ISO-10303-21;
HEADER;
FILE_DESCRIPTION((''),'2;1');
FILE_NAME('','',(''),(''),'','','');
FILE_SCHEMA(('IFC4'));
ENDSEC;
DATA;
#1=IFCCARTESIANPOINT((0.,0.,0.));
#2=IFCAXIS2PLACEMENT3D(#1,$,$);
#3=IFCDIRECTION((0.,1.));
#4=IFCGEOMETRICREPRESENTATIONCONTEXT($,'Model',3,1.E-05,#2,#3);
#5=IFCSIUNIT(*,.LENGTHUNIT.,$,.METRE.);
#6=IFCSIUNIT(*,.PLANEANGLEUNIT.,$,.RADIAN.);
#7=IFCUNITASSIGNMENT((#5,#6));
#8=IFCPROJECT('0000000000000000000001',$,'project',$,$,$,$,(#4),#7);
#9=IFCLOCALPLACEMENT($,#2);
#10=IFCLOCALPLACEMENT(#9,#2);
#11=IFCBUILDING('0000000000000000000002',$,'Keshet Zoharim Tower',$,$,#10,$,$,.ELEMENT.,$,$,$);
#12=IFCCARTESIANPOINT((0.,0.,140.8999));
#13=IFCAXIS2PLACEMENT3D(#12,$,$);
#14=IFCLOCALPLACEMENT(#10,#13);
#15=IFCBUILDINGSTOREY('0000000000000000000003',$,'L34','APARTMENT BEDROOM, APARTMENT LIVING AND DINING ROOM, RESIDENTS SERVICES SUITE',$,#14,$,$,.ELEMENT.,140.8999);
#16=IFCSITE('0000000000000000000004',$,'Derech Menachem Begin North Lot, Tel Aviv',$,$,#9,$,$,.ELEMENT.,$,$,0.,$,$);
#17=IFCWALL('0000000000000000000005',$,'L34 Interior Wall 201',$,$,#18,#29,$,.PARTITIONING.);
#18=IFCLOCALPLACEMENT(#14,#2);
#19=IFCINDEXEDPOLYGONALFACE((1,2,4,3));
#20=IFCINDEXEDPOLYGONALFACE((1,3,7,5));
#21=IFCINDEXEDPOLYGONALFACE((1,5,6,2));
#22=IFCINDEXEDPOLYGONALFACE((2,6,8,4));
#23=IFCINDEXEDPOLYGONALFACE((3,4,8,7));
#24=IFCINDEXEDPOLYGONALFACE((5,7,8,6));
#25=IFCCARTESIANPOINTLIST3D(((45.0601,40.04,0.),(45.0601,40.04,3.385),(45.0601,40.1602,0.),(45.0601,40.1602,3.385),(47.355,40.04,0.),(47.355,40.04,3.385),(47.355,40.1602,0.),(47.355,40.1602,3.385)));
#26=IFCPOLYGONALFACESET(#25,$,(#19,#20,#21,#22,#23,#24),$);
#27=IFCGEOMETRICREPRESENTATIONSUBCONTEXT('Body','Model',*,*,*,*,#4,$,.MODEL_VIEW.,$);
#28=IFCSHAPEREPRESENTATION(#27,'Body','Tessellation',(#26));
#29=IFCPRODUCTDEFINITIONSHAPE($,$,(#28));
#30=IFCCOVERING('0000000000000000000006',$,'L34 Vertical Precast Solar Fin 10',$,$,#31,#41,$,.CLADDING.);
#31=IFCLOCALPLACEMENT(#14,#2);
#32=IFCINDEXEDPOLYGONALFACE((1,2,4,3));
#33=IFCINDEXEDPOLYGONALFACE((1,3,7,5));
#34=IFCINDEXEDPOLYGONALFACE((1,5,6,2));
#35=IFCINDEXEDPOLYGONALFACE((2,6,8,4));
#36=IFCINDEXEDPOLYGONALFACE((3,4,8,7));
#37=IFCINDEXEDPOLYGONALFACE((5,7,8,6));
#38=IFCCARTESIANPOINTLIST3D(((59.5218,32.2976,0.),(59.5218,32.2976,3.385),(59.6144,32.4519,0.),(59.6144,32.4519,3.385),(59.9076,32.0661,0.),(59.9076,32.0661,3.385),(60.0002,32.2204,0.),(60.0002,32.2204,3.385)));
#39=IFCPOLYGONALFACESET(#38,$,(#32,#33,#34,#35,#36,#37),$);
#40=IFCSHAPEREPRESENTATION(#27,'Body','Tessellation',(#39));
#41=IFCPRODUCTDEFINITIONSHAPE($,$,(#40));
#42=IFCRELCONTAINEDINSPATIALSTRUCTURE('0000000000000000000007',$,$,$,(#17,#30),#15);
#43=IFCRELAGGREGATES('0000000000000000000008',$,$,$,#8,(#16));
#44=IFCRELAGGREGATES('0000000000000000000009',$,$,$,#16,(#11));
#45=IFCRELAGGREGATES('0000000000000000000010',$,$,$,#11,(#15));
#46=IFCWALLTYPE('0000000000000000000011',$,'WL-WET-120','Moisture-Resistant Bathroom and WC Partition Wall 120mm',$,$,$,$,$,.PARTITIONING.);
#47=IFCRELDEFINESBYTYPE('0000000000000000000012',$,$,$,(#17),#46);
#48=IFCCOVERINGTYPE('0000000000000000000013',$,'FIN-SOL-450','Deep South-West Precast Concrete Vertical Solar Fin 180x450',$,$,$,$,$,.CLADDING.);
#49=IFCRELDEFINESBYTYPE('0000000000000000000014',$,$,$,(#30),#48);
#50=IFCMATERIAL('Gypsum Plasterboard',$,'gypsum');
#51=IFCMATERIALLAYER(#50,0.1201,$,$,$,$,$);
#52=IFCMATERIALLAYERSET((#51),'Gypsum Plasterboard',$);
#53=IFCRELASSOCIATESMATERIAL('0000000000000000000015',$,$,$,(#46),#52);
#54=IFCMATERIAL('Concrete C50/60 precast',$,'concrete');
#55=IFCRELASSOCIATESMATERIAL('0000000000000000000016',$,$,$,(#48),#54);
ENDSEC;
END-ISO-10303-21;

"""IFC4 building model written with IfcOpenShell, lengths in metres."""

from ifc_helpers import new_model, si_unit, direction, frame, frame_2d, origin, origin_2d, place, context, subcontext, project, spatial, rectangle, extrude, material, layer, layer_set, type_object, element, save


model = new_model("IFC4")

# Units and contexts
model_context = context("Model", 3, precision=1e-05, world=origin(), true_north=direction((0.0, 1.0)))
body_context = subcontext(model_context, "Body", "Model", "MODEL_VIEW")
ifc_project = project(units=[si_unit("LENGTHUNIT", "METRE"), si_unit("PLANEANGLEUNIT", "RADIAN")], contexts=[model_context])

# Site, building, storey
site_placement = place(None, origin())
site = spatial("IfcSite", under=ifc_project, at=site_placement, Name="Derech Menachem Begin North Lot, Tel Aviv", CompositionType="ELEMENT", RefElevation=0.0)
building_placement = place(site_placement, origin())
building = spatial("IfcBuilding", under=site, at=building_placement, Name="Keshet Zoharim Tower", CompositionType="ELEMENT")
storey_placement = place(building_placement, frame((0.0, 0.0, 140.8999)))
storey = spatial("IfcBuildingStorey", under=building, at=storey_placement, Name="L34", Description="APARTMENT BEDROOM, APARTMENT LIVING AND DINING ROOM, RESIDENTS SERVICES SUITE", CompositionType="ELEMENT", Elevation=140.8999)

# Wall
ifc_material_1 = material(Name="Gypsum Plasterboard", Category="gypsum")
ifc_layer_1 = layer(ifc_material_1, 0.1201)
ifc_layer_set_1 = layer_set([ifc_layer_1], Name="Gypsum Plasterboard")
wall_type_1 = type_object("IfcWallType", Name="WL-WET-120", Description="Moisture-Resistant Bathroom and WC Partition Wall 120mm", PredefinedType="PARTITIONING", material=ifc_layer_set_1)
wall_1_placement = place(storey_placement, frame((45.0601, 40.1001, 0.0), z_axis=(0.0, 0.0, 1.0), x_axis=(1.0, 0.0, 0.0)))
element("IfcWall", 1, at=wall_1_placement, inside=storey, type_object=wall_type_1, Name="L34 Interior Wall 201", PredefinedType="PARTITIONING", context=body_context, shape_type="SweptSolid", body=[
    extrude(rectangle(XDim=2.2949, YDim=0.1201, at=frame_2d((1.1475, 0.0))), origin(), (0.0, 0.0, 1.0), 3.385),
])

# Covering
ifc_material_2 = material(Name="Concrete C50/60 precast", Category="concrete")
covering_type = type_object("IfcCoveringType", Name="FIN-SOL-450", Description="Deep South-West Precast Concrete Vertical Solar Fin 180x450", PredefinedType="CLADDING", material=ifc_material_2)
covering_placement = place(storey_placement, frame((59.761, 32.259, 0.0), z_axis=(0.0, 0.0, 1.0), x_axis=(-0.514482, -0.857501, 0.0)))
element("IfcCovering", 2, at=covering_placement, inside=storey, type_object=covering_type, Name="L34 Vertical Precast Solar Fin 10", PredefinedType="CLADDING", context=body_context, shape_type="SweptSolid", body=[
    extrude(rectangle(XDim=0.1799, YDim=0.45, at=origin_2d()), origin(), (0.0, 0.0, 1.0), 3.385),
])

save(model, "model.ifc")
